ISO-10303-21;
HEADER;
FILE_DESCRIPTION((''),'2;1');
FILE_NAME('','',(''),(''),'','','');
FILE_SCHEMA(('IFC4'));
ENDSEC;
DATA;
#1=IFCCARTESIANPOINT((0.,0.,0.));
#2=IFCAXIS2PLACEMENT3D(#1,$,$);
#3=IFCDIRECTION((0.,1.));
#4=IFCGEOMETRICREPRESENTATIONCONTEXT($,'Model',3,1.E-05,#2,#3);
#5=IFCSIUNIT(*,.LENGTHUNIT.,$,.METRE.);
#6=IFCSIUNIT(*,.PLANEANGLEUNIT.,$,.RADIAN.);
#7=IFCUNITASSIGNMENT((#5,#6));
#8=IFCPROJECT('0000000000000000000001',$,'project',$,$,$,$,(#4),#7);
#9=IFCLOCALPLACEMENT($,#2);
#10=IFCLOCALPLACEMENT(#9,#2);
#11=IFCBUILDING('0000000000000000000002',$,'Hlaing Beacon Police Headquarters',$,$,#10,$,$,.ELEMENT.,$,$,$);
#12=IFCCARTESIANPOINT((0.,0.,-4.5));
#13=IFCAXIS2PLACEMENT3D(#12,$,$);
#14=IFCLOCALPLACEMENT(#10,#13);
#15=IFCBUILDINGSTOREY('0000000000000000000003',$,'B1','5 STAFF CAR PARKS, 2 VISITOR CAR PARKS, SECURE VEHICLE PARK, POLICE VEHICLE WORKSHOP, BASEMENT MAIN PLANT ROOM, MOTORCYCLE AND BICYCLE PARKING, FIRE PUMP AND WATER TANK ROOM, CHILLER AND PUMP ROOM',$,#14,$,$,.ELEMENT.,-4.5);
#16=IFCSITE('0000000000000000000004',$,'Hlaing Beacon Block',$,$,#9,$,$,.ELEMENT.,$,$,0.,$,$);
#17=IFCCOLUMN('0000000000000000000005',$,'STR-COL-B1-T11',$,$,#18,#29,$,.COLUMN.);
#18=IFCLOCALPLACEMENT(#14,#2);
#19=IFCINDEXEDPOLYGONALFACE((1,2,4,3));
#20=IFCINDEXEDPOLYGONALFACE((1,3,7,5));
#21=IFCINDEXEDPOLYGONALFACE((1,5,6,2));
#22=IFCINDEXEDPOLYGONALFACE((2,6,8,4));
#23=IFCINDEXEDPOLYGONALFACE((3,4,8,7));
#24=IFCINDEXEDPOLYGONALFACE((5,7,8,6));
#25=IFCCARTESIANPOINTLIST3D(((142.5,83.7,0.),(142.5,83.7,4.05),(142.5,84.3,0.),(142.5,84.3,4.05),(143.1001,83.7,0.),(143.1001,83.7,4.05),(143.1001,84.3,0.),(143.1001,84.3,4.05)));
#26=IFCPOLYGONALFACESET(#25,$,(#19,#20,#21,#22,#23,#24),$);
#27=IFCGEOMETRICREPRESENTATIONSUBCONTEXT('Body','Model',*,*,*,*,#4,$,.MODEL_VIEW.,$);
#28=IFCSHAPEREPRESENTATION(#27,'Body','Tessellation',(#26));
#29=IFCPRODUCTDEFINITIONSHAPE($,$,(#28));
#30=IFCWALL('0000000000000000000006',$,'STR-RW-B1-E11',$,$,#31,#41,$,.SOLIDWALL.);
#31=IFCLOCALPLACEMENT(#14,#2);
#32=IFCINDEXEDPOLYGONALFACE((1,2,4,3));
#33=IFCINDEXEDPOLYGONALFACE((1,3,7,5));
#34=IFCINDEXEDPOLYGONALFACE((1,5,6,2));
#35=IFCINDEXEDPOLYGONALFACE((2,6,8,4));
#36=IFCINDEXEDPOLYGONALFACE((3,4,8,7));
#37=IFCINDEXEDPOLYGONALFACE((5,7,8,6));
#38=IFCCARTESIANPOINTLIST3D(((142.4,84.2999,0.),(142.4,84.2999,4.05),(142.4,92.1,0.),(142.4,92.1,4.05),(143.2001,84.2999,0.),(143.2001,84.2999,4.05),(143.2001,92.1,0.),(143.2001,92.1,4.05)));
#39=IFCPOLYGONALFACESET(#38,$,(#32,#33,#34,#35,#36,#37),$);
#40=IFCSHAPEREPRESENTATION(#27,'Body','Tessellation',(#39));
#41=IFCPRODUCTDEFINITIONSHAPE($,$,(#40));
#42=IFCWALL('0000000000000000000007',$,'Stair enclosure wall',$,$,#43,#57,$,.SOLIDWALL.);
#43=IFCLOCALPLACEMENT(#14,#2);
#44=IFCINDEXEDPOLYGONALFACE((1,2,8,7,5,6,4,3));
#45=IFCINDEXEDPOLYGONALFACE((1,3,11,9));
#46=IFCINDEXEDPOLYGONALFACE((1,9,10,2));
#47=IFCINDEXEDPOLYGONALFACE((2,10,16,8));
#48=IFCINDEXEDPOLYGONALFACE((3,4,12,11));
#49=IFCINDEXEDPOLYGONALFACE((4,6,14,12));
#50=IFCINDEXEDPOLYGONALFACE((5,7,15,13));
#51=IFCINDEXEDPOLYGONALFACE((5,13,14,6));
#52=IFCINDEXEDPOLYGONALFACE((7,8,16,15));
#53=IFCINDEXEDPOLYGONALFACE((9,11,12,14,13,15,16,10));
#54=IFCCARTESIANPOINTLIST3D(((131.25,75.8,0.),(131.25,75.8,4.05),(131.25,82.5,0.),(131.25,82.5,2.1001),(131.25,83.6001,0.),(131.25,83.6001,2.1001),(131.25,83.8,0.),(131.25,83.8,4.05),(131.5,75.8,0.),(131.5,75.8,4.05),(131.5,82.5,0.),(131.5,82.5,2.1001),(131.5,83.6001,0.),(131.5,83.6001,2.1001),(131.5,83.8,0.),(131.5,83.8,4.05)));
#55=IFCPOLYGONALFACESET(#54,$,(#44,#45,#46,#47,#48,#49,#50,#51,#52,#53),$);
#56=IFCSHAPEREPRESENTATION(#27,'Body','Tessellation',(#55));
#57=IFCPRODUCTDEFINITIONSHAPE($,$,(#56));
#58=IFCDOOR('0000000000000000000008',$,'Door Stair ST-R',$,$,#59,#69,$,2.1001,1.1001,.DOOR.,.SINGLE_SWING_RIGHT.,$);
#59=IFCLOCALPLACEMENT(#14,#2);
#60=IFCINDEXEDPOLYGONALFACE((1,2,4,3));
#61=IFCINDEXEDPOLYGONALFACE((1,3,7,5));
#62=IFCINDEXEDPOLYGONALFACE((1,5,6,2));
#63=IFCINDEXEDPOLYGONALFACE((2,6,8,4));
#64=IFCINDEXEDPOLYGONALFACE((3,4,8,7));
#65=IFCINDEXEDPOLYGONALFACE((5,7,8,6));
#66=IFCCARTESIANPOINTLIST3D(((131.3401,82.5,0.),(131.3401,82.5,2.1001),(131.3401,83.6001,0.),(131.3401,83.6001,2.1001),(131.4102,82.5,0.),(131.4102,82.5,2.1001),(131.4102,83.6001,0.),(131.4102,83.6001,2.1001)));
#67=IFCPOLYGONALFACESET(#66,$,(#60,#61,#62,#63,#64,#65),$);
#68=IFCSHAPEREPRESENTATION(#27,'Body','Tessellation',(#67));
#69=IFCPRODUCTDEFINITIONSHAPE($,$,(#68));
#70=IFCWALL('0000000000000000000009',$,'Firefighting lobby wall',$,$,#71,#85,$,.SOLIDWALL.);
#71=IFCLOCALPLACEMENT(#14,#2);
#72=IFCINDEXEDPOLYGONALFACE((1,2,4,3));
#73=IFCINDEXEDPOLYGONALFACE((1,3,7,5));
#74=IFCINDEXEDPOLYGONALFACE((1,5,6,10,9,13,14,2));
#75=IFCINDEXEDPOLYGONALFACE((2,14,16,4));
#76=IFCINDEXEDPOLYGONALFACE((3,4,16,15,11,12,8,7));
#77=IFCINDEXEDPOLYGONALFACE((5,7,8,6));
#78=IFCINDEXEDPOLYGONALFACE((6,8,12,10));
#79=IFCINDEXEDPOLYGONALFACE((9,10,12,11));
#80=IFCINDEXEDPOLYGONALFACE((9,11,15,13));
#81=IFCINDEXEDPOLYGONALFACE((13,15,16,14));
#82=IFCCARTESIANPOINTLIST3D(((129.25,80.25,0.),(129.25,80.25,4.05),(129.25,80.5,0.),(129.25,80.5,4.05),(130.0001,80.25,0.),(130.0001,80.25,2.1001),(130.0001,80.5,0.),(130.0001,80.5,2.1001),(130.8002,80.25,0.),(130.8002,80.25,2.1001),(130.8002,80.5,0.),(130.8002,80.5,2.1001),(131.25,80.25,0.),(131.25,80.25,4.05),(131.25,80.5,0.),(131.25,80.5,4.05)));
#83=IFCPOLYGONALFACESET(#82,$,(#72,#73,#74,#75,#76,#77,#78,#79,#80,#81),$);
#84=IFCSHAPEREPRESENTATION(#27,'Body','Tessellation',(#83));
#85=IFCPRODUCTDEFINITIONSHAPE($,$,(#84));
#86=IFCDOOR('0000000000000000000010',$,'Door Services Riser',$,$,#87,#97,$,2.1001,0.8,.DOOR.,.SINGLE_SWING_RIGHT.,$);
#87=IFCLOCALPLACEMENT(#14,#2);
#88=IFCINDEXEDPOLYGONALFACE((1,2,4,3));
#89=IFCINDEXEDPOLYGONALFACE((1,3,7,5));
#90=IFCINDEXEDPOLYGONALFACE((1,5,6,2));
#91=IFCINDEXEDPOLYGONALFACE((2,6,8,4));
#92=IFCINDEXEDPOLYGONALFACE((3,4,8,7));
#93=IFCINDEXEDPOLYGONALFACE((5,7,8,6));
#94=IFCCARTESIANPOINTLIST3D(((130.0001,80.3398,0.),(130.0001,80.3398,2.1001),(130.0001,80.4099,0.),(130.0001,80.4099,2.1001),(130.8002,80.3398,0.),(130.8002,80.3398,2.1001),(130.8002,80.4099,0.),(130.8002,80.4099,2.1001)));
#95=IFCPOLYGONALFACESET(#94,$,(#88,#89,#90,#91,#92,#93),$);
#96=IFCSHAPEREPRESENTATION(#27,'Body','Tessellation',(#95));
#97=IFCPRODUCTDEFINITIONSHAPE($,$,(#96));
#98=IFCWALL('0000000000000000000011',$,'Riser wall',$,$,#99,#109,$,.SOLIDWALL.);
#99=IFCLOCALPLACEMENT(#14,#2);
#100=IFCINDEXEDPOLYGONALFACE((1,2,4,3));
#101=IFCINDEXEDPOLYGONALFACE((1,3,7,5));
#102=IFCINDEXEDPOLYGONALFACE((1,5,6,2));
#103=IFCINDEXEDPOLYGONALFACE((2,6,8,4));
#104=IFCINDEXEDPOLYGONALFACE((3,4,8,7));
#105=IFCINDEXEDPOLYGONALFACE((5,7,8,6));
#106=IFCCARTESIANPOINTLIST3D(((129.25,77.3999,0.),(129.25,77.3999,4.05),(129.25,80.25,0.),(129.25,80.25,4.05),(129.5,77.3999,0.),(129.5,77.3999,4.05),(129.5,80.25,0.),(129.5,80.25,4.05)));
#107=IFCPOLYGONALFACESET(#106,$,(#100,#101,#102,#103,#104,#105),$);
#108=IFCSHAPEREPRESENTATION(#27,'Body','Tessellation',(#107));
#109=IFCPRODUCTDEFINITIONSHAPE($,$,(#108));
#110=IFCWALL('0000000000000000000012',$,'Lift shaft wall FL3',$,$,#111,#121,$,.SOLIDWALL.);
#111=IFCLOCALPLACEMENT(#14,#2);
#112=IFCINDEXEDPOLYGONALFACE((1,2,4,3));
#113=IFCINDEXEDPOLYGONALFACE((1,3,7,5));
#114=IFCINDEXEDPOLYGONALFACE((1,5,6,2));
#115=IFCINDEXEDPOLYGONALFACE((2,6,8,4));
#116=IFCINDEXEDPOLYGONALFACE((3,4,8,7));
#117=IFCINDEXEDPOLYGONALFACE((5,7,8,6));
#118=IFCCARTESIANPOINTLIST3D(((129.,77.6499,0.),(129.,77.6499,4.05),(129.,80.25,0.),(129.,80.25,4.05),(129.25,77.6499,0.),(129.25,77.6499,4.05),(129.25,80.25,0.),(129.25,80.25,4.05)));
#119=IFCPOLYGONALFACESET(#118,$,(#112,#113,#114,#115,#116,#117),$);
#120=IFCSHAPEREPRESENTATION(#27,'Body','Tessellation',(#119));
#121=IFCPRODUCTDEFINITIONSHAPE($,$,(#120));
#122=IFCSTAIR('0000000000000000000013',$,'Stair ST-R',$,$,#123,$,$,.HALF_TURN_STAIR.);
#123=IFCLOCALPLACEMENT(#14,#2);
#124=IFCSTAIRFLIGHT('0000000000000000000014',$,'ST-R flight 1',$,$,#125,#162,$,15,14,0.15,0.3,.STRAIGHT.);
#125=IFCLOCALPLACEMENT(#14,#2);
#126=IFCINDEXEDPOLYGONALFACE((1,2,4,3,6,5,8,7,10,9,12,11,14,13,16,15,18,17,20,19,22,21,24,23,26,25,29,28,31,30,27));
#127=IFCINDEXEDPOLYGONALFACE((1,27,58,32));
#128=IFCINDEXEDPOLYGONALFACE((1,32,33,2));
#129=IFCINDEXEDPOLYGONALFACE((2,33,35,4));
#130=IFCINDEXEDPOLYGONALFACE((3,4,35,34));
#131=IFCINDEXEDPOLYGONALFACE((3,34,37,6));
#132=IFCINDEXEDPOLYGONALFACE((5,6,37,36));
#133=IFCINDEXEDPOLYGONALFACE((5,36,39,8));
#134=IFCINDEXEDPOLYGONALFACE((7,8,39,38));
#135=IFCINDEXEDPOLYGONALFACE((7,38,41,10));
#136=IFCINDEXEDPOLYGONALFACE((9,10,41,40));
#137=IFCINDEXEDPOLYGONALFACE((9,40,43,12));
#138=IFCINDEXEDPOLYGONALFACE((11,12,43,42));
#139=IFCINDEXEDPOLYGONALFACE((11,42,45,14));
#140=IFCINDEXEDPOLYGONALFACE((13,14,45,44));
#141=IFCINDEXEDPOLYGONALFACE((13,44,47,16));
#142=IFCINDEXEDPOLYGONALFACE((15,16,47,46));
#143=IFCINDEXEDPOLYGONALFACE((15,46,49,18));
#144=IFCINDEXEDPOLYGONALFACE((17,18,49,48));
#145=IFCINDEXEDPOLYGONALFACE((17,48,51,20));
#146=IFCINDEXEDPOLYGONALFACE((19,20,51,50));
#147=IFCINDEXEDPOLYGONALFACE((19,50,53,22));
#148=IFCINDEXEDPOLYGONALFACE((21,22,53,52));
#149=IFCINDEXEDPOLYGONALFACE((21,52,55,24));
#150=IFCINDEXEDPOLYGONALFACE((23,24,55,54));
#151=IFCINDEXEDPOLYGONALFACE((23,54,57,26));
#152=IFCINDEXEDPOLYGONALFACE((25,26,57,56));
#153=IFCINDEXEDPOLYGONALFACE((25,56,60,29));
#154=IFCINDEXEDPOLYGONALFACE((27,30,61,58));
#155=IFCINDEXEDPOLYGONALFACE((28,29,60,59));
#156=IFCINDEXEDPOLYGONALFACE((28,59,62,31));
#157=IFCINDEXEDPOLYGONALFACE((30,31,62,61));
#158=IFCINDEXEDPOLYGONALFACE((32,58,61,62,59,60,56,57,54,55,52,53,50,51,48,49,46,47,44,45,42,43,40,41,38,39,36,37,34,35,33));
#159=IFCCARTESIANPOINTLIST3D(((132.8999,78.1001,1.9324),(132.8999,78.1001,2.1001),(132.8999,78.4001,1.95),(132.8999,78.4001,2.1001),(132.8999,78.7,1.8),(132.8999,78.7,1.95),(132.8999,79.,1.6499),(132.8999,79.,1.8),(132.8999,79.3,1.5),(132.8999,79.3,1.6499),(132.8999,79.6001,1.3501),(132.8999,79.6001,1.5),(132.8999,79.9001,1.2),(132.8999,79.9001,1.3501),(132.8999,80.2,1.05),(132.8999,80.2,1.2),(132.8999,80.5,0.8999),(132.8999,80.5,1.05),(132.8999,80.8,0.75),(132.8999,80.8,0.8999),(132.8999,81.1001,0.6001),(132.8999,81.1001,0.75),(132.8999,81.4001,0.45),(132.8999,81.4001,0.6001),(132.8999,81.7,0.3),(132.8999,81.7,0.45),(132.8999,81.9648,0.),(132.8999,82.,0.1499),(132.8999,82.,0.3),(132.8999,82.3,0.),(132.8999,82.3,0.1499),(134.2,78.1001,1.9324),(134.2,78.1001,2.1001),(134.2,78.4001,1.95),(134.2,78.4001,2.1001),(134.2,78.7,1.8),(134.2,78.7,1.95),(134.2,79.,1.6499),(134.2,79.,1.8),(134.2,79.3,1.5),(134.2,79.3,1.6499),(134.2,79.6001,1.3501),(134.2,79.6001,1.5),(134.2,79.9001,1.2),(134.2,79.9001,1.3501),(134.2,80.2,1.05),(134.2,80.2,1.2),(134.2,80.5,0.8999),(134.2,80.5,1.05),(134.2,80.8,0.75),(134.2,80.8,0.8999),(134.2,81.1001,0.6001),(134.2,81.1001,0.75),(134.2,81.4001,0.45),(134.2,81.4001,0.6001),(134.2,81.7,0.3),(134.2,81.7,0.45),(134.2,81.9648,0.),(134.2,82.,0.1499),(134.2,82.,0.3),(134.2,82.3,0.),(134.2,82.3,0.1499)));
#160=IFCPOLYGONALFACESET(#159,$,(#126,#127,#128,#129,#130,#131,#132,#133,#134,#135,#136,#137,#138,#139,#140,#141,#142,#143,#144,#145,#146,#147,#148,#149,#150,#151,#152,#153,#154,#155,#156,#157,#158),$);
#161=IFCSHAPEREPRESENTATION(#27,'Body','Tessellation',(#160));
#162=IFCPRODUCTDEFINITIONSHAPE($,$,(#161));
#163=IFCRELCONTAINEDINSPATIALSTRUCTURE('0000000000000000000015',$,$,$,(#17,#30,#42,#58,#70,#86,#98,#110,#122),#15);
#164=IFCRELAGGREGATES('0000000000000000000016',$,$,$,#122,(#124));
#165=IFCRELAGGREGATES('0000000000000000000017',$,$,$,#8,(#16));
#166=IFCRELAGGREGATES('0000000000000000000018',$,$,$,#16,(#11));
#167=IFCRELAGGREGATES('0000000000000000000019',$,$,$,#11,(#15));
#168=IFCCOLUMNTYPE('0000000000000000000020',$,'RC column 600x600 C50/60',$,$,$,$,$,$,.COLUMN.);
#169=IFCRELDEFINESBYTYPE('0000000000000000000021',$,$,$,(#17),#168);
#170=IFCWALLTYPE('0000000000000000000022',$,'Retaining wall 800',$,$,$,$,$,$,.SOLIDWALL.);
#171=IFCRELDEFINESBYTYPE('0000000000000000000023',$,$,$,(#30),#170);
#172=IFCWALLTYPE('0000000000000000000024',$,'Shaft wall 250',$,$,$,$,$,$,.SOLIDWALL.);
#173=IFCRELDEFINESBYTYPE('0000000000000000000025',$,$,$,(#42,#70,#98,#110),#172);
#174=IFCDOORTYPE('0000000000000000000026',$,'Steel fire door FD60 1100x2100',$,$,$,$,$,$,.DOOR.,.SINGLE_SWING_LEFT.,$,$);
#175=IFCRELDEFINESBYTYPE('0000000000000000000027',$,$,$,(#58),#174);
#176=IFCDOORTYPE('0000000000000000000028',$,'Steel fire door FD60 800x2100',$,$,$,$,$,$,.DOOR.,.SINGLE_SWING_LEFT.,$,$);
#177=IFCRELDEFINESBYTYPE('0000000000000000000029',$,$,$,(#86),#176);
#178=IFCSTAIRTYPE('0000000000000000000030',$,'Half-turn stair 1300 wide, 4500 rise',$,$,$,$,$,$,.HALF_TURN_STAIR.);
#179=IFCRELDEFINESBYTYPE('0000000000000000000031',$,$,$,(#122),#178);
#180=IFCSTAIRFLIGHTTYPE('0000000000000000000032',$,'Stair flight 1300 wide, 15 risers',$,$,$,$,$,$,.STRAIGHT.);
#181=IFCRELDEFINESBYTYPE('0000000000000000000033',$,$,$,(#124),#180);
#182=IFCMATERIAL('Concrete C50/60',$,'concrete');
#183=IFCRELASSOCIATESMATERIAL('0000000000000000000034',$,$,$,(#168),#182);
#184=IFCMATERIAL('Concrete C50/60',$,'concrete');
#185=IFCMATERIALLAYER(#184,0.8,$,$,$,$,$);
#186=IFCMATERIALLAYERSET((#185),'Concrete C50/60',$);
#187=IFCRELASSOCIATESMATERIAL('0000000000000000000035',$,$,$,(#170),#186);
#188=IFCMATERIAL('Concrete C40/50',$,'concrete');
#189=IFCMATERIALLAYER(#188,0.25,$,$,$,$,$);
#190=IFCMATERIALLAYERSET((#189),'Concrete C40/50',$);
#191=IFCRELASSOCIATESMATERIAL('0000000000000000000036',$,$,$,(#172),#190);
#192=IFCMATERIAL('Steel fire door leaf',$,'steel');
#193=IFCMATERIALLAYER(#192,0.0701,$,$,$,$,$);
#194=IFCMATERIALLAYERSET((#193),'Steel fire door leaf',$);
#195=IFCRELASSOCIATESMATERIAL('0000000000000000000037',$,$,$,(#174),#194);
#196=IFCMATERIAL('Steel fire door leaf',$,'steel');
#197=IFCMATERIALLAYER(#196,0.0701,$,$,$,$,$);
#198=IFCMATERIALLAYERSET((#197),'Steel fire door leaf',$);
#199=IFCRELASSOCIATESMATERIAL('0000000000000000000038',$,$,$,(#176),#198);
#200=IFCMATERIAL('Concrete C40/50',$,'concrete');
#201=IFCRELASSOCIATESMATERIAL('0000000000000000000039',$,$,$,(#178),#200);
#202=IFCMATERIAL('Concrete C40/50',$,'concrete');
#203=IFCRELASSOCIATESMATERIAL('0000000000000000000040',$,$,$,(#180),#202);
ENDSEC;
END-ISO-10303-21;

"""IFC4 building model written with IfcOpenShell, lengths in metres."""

from ifc_helpers import new_model, si_unit, direction, frame, frame_2d, origin, origin_2d, place, context, subcontext, project, spatial, polyline, rectangle, outline, extrude, material, layer, layer_set, material_profile, profile_set, type_object, element, fill, aggregate, save


model = new_model("IFC4")

# Units and contexts
model_context = context("Model", 3, precision=1e-05, world=origin(), true_north=direction((0.0, 1.0)))
body_context = subcontext(model_context, "Body", "Model", "MODEL_VIEW")
ifc_project = project(units=[si_unit("LENGTHUNIT", "METRE"), si_unit("PLANEANGLEUNIT", "RADIAN")], contexts=[model_context])

# Site, building, storey
site_placement = place(None, origin())
site = spatial("IfcSite", under=ifc_project, at=site_placement, Name="Hlaing Beacon Block", CompositionType="ELEMENT", RefElevation=0.0)
building_placement = place(site_placement, origin())
building = spatial("IfcBuilding", under=site, at=building_placement, Name="Hlaing Beacon Police Headquarters", CompositionType="ELEMENT")
storey_placement = place(building_placement, frame((0.0, 0.0, -4.5)))
storey = spatial("IfcBuildingStorey", under=building, at=storey_placement, Name="B1", Description="5 STAFF CAR PARKS, 2 VISITOR CAR PARKS, SECURE VEHICLE PARK, POLICE VEHICLE WORKSHOP, BASEMENT MAIN PLANT ROOM, MOTORCYCLE AND BICYCLE PARKING, FIRE PUMP AND WATER TANK ROOM, CHILLER AND PUMP ROOM", CompositionType="ELEMENT", Elevation=-4.5)

# Column
ifc_material_1 = material(Name="Concrete C50/60", Category="concrete")
ifc_material_profile_1 = material_profile(ifc_material_1, rectangle(XDim=0.6001, YDim=0.6001, at=origin_2d()), Name="600x600")
ifc_profile_set_1 = profile_set([ifc_material_profile_1], Name="Concrete C50/60")
column_type = type_object("IfcColumnType", Name="RC column 600x600 C50/60", PredefinedType="COLUMN", material=ifc_profile_set_1)
column_placement = place(storey_placement, frame((142.8, 84.0, 0.0), z_axis=(0.0, 0.0, 1.0), x_axis=(1.0, 0.0, 0.0)))
element("IfcColumn", 1, at=column_placement, inside=storey, type_object=column_type, Name="STR-COL-B1-T11", PredefinedType="COLUMN", context=body_context, shape_type="SweptSolid", body=[
    extrude(rectangle(XDim=0.6001, YDim=0.6001, at=origin_2d()), origin(), (0.0, 0.0, 1.0), 4.05),
])

# Wall
ifc_material_2 = material(Name="Concrete C50/60", Category="concrete")
ifc_layer_1 = layer(ifc_material_2, 0.8)
ifc_layer_set_1 = layer_set([ifc_layer_1], Name="Concrete C50/60")
wall_type_1 = type_object("IfcWallType", Name="Retaining wall 800", PredefinedType="SOLIDWALL", material=ifc_layer_set_1)
wall_1_placement = place(storey_placement, frame((142.8, 84.3, 0.0), z_axis=(0.0, 0.0, 1.0), x_axis=(0.0, 1.0, 0.0)))
element("IfcWall", 2, at=wall_1_placement, inside=storey, type_object=wall_type_1, Name="STR-RW-B1-E11", PredefinedType="SOLIDWALL", context=body_context, shape_type="SweptSolid", body=[
    extrude(rectangle(XDim=7.8, YDim=0.8, at=frame_2d((3.8999, 0.0))), origin(), (0.0, 0.0, 1.0), 4.05),
])

# Walls, openings, doors
ifc_material_3 = material(Name="Concrete C40/50", Category="concrete")
ifc_layer_2 = layer(ifc_material_3, 0.25)
ifc_layer_set_2 = layer_set([ifc_layer_2], Name="Concrete C40/50")
wall_type_2 = type_object("IfcWallType", Name="Shaft wall 250", PredefinedType="SOLIDWALL", material=ifc_layer_set_2)
wall_2_placement = place(storey_placement, frame((131.375, 83.8, 0.0), z_axis=(0.0, 0.0, 1.0), x_axis=(0.0, -1.0, 0.0)))
wall_2 = element("IfcWall", 3, at=wall_2_placement, inside=storey, type_object=wall_type_2, Name="Stair enclosure wall", PredefinedType="SOLIDWALL", context=body_context, shape_type="SweptSolid", body=[
    extrude(rectangle(XDim=8.0, YDim=0.25, at=frame_2d((4.0, 0.0))), origin(), (0.0, 0.0, 1.0), 4.05),
])
opening_1_placement = place(wall_2_placement, frame((0.2, 0.0, 0.0)))
opening_1 = element("IfcOpeningElement", 4, at=opening_1_placement, cuts=wall_2, PredefinedType="OPENING", context=body_context, shape_type="SweptSolid", body=[
    extrude(rectangle(XDim=1.1001, YDim=2.1001, at=frame_2d((0.55, 1.05))), frame((0.0, 0.135, 0.0), z_axis=(0.0, -1.0, 0.0), x_axis=(1.0, 0.0, 0.0)), (0.0, 0.0, 1.0), 0.27),
])
ifc_material_4 = material(Name="Steel fire door leaf", Category="steel")
ifc_layer_3 = layer(ifc_material_4, 0.0701)
ifc_layer_set_3 = layer_set([ifc_layer_3], Name="Steel fire door leaf")
door_type_1 = type_object("IfcDoorType", Name="Steel fire door FD60 1100x2100", OperationType="SINGLE_SWING_LEFT", PredefinedType="DOOR", material=ifc_layer_set_3)
door_1_placement = place(opening_1_placement, origin())
door_1 = element("IfcDoor", 5, at=door_1_placement, inside=storey, type_object=door_type_1, Name="Door Stair ST-R", OperationType="SINGLE_SWING_RIGHT", OverallHeight=2.1001, OverallWidth=1.1001, PredefinedType="DOOR", context=body_context, shape_type="SweptSolid", body=[
    extrude(rectangle(XDim=1.1001, YDim=2.1001, at=frame_2d((0.55, 1.05))), frame((0.0, 0.0352, 0.0), z_axis=(0.0, -1.0, 0.0), x_axis=(1.0, 0.0, 0.0)), (0.0, 0.0, 1.0), 0.0701),
])
fill(opening_1, door_1)
wall_3_placement = place(storey_placement, frame((131.25, 80.375, 0.0), z_axis=(0.0, 0.0, 1.0), x_axis=(-1.0, 0.0, 0.0)))
wall_3 = element("IfcWall", 6, at=wall_3_placement, inside=storey, type_object=wall_type_2, Name="Firefighting lobby wall", PredefinedType="SOLIDWALL", context=body_context, shape_type="SweptSolid", body=[
    extrude(rectangle(XDim=2.0, YDim=0.25, at=frame_2d((1.0, 0.0))), origin(), (0.0, 0.0, 1.0), 4.05),
])
opening_2_placement = place(wall_3_placement, frame((0.45, 0.0, 0.0)))
opening_2 = element("IfcOpeningElement", 7, at=opening_2_placement, cuts=wall_3, PredefinedType="OPENING", context=body_context, shape_type="SweptSolid", body=[
    extrude(rectangle(XDim=0.8, YDim=2.1001, at=frame_2d((0.3999, 1.05))), frame((0.0, 0.135, 0.0), z_axis=(0.0, -1.0, 0.0), x_axis=(1.0, 0.0, 0.0)), (0.0, 0.0, 1.0), 0.27),
])
ifc_material_5 = material(Name="Steel fire door leaf", Category="steel")
ifc_layer_4 = layer(ifc_material_5, 0.0701)
ifc_layer_set_4 = layer_set([ifc_layer_4], Name="Steel fire door leaf")
door_type_2 = type_object("IfcDoorType", Name="Steel fire door FD60 800x2100", OperationType="SINGLE_SWING_LEFT", PredefinedType="DOOR", material=ifc_layer_set_4)
door_2_placement = place(opening_2_placement, origin())
door_2 = element("IfcDoor", 8, at=door_2_placement, inside=storey, type_object=door_type_2, Name="Door Services Riser", OperationType="SINGLE_SWING_RIGHT", OverallHeight=2.1001, OverallWidth=0.8, PredefinedType="DOOR", context=body_context, shape_type="SweptSolid", body=[
    extrude(rectangle(XDim=0.8, YDim=2.1001, at=frame_2d((0.3999, 1.05))), frame((0.0, 0.0352, 0.0), z_axis=(0.0, -1.0, 0.0), x_axis=(1.0, 0.0, 0.0)), (0.0, 0.0, 1.0), 0.0701),
])
fill(opening_2, door_2)

# Walls
wall_4_placement = place(storey_placement, frame((129.375, 80.25, 0.0), z_axis=(0.0, 0.0, 1.0), x_axis=(0.0, -1.0, 0.0)))
element("IfcWall", 9, at=wall_4_placement, inside=storey, type_object=wall_type_2, Name="Riser wall", PredefinedType="SOLIDWALL", context=body_context, shape_type="SweptSolid", body=[
    extrude(rectangle(XDim=2.8501, YDim=0.25, at=frame_2d((1.425, 0.0))), origin(), (0.0, 0.0, 1.0), 4.05),
])
wall_5_placement = place(storey_placement, frame((129.125, 77.6499, 0.0), z_axis=(0.0, 0.0, 1.0), x_axis=(0.0, 1.0, 0.0)))
element("IfcWall", 10, at=wall_5_placement, inside=storey, type_object=wall_type_2, Name="Lift shaft wall FL3", PredefinedType="SOLIDWALL", context=body_context, shape_type="SweptSolid", body=[
    extrude(rectangle(XDim=2.6001, YDim=0.25, at=frame_2d((1.3, 0.0))), origin(), (0.0, 0.0, 1.0), 4.05),
])

# Stair, stair flight
ifc_material_6 = material(Name="Concrete C40/50", Category="concrete")
stair_type = type_object("IfcStairType", Name="Half-turn stair 1300 wide, 4500 rise", PredefinedType="HALF_TURN_STAIR", material=ifc_material_6)
stair_placement = place(storey_placement, origin())
stair = element("IfcStair", 11, at=stair_placement, inside=storey, type_object=stair_type, Name="Stair ST-R", PredefinedType="HALF_TURN_STAIR")
ifc_material_7 = material(Name="Concrete C40/50", Category="concrete")
stair_flight_type = type_object("IfcStairFlightType", Name="Stair flight 1300 wide, 15 risers", PredefinedType="STRAIGHT", material=ifc_material_7)
stair_flight_1_placement = place(storey_placement, frame((133.55, 82.3, 0.0), z_axis=(0.0, 0.0, 1.0), x_axis=(0.0, -1.0, 0.0)))
stair_flight_1 = element("IfcStairFlight", 12, at=stair_flight_1_placement, type_object=stair_flight_type, Name="ST-R flight 1", NumberOfRisers=15, NumberOfTreads=14, PredefinedType="STRAIGHT", RiserHeight=0.15, TreadLength=0.3, context=body_context, shape_type="SweptSolid", body=[
    extrude(outline(polyline([(0.0, 0.0), (0.0, 0.1499), (0.3, 0.1499), (0.3, 0.3), (0.6001, 0.3), (0.6001, 0.45), (0.8999, 0.45), (0.8999, 0.6001), (1.2, 0.6001), (1.2, 0.75), (1.5, 0.75), (1.5, 0.8999), (1.8, 0.8999), (1.8, 1.05), (2.1001, 1.05), (2.1001, 1.2), (2.3999, 1.2), (2.3999, 1.3501), (2.7, 1.3501), (2.7, 1.5), (3.0, 1.5), (3.0, 1.6499), (3.3, 1.6499), (3.3, 1.8), (3.6001, 1.8), (3.6001, 1.95), (3.8999, 1.95), (3.8999, 2.1001), (4.2, 2.1001), (4.2, 2.25), (4.2, 1.9324), (0.3352, 0.0), (0.0, 0.0)])), frame((0.0, 0.6499, 0.0), z_axis=(0.0, -1.0, 0.0), x_axis=(1.0, 0.0, 0.0)), (0.0, 0.0, 1.0), 1.3),
])
aggregate(stair, [stair_flight_1])

save(model, "model.ifc")
